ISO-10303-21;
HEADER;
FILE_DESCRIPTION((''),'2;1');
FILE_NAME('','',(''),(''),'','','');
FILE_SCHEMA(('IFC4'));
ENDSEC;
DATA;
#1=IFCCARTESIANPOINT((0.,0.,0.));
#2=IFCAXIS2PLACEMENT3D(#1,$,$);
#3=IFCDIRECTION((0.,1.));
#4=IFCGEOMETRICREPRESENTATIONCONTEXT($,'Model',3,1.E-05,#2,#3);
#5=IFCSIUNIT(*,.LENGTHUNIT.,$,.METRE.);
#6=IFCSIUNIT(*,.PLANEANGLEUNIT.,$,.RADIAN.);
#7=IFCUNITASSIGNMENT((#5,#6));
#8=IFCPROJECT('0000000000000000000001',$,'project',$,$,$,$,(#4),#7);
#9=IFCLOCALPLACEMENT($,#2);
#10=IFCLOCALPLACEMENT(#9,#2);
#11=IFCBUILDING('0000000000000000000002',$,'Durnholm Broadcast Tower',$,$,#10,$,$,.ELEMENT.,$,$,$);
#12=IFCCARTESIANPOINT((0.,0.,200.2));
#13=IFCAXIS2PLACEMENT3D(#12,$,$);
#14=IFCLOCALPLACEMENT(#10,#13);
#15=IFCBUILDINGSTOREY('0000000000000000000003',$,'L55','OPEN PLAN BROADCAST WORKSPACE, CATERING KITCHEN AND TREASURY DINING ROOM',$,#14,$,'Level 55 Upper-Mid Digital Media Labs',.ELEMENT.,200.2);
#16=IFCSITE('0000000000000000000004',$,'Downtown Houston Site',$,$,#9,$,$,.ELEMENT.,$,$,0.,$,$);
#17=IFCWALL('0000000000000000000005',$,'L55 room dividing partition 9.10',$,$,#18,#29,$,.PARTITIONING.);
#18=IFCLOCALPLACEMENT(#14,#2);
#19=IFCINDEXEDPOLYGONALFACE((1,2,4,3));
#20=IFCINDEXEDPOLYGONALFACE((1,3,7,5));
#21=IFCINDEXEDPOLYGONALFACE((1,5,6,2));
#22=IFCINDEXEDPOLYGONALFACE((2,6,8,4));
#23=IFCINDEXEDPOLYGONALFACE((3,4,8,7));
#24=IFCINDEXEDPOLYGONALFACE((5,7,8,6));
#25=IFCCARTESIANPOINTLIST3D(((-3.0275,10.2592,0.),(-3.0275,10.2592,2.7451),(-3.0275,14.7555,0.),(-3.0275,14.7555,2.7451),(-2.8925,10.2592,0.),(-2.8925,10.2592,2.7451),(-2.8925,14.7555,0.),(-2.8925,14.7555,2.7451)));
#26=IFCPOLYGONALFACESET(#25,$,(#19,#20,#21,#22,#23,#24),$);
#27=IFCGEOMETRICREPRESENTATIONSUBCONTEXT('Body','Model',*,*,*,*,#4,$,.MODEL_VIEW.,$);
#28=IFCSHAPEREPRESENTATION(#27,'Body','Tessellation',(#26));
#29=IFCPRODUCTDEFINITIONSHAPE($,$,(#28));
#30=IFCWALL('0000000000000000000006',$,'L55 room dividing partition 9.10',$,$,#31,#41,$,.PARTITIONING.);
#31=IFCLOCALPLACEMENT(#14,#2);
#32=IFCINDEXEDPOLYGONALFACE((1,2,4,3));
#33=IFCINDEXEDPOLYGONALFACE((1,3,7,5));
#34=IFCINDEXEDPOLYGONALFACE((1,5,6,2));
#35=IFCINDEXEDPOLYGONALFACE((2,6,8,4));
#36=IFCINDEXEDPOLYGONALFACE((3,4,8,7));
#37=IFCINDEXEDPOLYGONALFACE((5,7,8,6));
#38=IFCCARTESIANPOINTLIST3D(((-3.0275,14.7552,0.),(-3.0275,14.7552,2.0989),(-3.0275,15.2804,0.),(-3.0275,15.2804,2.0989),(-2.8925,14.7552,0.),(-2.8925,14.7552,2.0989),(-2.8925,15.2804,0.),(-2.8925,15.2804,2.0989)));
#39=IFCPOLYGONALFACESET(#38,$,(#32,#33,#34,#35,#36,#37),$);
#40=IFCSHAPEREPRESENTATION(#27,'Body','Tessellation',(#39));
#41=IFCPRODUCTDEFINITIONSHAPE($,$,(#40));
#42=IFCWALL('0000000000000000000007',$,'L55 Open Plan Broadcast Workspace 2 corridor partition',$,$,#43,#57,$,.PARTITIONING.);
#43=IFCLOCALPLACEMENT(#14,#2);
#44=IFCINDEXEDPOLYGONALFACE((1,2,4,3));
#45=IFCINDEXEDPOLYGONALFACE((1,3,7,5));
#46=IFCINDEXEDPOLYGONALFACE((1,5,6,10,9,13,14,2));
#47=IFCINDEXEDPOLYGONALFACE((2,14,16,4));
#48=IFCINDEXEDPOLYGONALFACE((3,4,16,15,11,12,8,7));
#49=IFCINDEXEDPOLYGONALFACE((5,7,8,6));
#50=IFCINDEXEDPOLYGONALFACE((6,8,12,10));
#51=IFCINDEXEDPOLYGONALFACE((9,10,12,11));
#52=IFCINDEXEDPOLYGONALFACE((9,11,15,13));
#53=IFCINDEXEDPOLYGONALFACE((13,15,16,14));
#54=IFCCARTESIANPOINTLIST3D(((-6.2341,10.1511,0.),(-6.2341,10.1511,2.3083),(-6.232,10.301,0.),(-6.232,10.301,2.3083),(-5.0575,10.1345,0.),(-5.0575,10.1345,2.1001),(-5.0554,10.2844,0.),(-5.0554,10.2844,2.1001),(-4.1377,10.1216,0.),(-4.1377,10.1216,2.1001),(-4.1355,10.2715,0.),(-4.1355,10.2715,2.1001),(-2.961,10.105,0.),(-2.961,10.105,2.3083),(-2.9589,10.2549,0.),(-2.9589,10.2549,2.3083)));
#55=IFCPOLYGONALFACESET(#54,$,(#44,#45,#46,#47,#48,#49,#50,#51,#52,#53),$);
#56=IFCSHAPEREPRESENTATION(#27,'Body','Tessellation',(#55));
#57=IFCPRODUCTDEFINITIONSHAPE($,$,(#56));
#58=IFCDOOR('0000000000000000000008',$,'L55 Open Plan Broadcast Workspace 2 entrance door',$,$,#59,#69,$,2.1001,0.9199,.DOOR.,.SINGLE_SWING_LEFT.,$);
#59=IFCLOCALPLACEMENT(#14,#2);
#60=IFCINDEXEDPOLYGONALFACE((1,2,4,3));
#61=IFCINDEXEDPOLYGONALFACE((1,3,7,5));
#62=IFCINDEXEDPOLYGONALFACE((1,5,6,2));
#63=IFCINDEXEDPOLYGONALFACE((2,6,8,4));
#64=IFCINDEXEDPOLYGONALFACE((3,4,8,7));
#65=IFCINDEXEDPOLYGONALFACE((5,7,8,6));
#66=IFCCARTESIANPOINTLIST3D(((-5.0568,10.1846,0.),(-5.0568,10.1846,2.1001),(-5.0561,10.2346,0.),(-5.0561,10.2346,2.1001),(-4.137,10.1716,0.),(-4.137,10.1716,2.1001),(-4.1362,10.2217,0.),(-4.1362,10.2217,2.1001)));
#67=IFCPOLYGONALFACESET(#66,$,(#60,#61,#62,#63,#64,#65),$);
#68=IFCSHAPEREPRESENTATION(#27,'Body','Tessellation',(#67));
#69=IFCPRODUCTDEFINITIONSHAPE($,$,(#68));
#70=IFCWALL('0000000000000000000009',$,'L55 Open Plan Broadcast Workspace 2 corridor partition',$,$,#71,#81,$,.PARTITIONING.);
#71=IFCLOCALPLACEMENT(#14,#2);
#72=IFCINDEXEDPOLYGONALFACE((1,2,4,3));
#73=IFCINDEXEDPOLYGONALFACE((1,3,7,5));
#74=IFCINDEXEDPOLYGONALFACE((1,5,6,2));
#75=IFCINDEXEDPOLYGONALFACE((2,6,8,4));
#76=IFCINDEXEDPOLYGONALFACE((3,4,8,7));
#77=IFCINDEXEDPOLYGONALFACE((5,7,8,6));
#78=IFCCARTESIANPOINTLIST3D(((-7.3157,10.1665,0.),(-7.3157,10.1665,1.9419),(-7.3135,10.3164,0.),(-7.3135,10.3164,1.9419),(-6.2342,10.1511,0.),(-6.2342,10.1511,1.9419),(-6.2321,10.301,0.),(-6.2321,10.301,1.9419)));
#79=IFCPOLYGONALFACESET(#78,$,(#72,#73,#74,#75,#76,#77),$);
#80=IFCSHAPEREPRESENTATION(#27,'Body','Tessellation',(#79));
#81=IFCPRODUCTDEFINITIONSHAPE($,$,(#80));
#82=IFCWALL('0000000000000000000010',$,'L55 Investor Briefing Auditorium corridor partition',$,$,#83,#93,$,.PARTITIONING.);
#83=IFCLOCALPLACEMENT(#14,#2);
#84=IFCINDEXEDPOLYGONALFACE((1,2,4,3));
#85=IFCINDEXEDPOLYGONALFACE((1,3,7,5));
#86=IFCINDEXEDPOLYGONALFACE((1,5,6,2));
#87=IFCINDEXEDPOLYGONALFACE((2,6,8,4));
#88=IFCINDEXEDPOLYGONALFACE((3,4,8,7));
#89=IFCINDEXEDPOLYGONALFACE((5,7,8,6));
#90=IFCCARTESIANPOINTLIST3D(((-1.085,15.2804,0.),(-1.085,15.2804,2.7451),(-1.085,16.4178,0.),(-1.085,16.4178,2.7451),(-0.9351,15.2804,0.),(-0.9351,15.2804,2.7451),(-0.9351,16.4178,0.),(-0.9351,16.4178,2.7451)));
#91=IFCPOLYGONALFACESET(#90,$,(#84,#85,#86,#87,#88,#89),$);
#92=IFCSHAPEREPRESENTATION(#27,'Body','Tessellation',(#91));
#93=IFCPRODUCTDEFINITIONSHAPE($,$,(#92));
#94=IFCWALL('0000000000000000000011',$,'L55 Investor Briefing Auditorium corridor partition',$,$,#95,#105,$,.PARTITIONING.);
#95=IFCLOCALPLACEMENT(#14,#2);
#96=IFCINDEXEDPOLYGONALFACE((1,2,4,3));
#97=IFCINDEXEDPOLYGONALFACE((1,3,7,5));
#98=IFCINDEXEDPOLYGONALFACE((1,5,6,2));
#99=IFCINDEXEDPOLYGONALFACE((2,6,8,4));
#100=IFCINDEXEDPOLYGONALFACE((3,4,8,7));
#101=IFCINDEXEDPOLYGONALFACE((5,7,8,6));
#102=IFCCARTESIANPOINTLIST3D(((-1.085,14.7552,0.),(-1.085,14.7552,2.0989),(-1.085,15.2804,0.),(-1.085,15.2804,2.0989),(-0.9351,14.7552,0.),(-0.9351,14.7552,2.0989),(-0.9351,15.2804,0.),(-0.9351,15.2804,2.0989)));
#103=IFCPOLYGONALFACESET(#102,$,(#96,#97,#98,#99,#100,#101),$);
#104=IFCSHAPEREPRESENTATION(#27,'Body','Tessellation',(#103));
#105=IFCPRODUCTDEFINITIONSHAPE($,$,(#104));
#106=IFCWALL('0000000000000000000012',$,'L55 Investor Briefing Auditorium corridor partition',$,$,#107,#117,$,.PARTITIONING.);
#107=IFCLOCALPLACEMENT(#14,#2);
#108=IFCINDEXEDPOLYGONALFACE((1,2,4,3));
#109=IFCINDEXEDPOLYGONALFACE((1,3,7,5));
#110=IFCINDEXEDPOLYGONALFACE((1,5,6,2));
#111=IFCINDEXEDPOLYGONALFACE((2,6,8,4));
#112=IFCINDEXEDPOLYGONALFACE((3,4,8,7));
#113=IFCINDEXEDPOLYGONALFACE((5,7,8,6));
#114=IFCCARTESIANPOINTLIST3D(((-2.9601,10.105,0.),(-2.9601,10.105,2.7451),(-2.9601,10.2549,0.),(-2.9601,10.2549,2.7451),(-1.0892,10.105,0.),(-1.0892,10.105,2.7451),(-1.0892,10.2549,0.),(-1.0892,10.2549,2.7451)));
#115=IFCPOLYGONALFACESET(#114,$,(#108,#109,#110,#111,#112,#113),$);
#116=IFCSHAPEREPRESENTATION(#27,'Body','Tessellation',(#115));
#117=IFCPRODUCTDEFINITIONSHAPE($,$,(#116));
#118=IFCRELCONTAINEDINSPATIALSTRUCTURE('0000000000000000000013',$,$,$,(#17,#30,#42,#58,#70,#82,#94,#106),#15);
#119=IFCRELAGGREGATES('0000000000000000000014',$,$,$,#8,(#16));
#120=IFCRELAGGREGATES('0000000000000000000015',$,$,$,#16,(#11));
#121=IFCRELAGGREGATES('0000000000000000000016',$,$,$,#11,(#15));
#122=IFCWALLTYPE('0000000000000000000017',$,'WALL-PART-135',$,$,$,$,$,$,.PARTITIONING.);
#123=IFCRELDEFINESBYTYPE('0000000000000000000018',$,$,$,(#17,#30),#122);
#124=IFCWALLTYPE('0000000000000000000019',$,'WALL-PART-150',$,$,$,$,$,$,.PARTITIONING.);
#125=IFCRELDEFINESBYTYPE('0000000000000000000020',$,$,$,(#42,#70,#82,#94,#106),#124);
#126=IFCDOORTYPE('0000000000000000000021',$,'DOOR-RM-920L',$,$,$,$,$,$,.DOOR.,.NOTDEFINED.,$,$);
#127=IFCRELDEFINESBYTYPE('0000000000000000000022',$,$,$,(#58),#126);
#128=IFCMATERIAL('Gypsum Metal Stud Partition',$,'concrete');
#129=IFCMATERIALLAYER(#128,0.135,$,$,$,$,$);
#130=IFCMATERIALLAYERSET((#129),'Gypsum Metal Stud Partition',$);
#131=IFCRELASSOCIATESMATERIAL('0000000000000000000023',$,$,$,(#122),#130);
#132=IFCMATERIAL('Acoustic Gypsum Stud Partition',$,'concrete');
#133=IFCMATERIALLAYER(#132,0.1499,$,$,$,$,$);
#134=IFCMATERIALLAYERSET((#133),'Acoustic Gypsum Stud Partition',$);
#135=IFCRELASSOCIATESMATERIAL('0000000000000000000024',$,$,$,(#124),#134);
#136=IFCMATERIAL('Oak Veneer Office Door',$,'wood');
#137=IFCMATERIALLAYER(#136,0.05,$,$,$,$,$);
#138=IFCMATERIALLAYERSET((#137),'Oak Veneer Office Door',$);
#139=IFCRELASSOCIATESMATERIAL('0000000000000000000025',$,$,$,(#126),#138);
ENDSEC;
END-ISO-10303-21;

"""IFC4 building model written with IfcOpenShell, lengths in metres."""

from ifc_helpers import new_model, si_unit, direction, frame, frame_2d, origin, place, context, subcontext, project, spatial, rectangle, extrude, source, transform, mapped, material, layer, layer_set, type_object, type_shapes, element, fill, save


model = new_model("IFC4")

# Units and contexts
model_context = context("Model", 3, precision=1e-05, world=origin(), true_north=direction((0.0, 1.0)))
body_context = subcontext(model_context, "Body", "Model", "MODEL_VIEW")
ifc_project = project(units=[si_unit("LENGTHUNIT", "METRE"), si_unit("PLANEANGLEUNIT", "RADIAN")], contexts=[model_context])

# Site, building, storey
site_placement = place(None, origin())
site = spatial("IfcSite", under=ifc_project, at=site_placement, Name="Downtown Houston Site", CompositionType="ELEMENT", RefElevation=0.0)
building_placement = place(site_placement, origin())
building = spatial("IfcBuilding", under=site, at=building_placement, Name="Durnholm Broadcast Tower", CompositionType="ELEMENT")
storey_placement = place(building_placement, frame((0.0, 0.0, 200.2)))
storey = spatial("IfcBuildingStorey", under=building, at=storey_placement, Name="L55", Description="OPEN PLAN BROADCAST WORKSPACE, CATERING KITCHEN AND TREASURY DINING ROOM", LongName="Level 55 Upper-Mid Digital Media Labs", CompositionType="ELEMENT", Elevation=200.2)

# Walls
ifc_material_1 = material(Name="Gypsum Metal Stud Partition", Category="concrete")
ifc_layer_1 = layer(ifc_material_1, 0.135)
ifc_layer_set_1 = layer_set([ifc_layer_1], Name="Gypsum Metal Stud Partition")
wall_type_1 = type_object("IfcWallType", Name="WALL-PART-135", PredefinedType="PARTITIONING", material=ifc_layer_set_1)
wall_1_placement = place(storey_placement, frame((-2.96, 14.7554, 0.0), z_axis=(0.0, 0.0, 1.0), x_axis=(0.0, -1.0, 0.0)))
element("IfcWall", 1, at=wall_1_placement, inside=storey, type_object=wall_type_1, Name="L55 room dividing partition 9.10", PredefinedType="PARTITIONING", context=body_context, shape_type="SweptSolid", body=[
    extrude(rectangle(XDim=4.4963, YDim=0.135, at=frame_2d((2.248, 0.0))), origin(), (0.0, 0.0, 1.0), 2.7451),
])
wall_2_placement = place(storey_placement, frame((-2.96, 15.2805, 0.0), z_axis=(0.0, 0.0, 1.0), x_axis=(0.0, -1.0, 0.0)))
element("IfcWall", 2, at=wall_2_placement, inside=storey, type_object=wall_type_1, Name="L55 room dividing partition 9.10", PredefinedType="PARTITIONING", context=body_context, shape_type="SweptSolid", body=[
    extrude(rectangle(XDim=0.5251, YDim=0.135, at=frame_2d((0.2627, 0.0))), origin(), (0.0, 0.0, 1.0), 2.0989),
])

# Wall, opening, door
ifc_material_2 = material(Name="Acoustic Gypsum Stud Partition", Category="concrete")
ifc_layer_2 = layer(ifc_material_2, 0.1499)
ifc_layer_set_2 = layer_set([ifc_layer_2], Name="Acoustic Gypsum Stud Partition")
wall_type_2 = type_object("IfcWallType", Name="WALL-PART-150", PredefinedType="PARTITIONING", material=ifc_layer_set_2)
wall_3_placement = place(storey_placement, frame((-2.96, 10.1799, 0.0), z_axis=(0.0, 0.0, 1.0), x_axis=(-0.999901, 0.014096, 0.0)))
wall_3 = element("IfcWall", 3, at=wall_3_placement, inside=storey, type_object=wall_type_2, Name="L55 Open Plan Broadcast Workspace 2 corridor partition", PredefinedType="PARTITIONING", context=body_context, shape_type="SweptSolid", body=[
    extrude(rectangle(XDim=3.2734, YDim=0.1499, at=frame_2d((1.6367, 0.0))), origin(), (0.0, 0.0, 1.0), 2.3083),
])
opening_1_placement = place(wall_3_placement, frame((1.1768, 0.0, 0.0)))
opening_1 = element("IfcOpeningElement", 4, at=opening_1_placement, cuts=wall_3, PredefinedType="OPENING", context=body_context, shape_type="SweptSolid", body=[
    extrude(rectangle(XDim=0.9199, YDim=2.1001, at=frame_2d((0.46, 1.05))), frame((0.0, 0.085, 0.0), z_axis=(0.0, -1.0, 0.0), x_axis=(1.0, 0.0, 0.0)), (0.0, 0.0, 1.0), 0.1699),
])
ifc_material_3 = material(Name="Oak Veneer Office Door", Category="wood")
ifc_layer_3 = layer(ifc_material_3, 0.05)
ifc_layer_set_3 = layer_set([ifc_layer_3], Name="Oak Veneer Office Door")
door_type_1 = type_object("IfcDoorType", Name="DOOR-RM-920L", OperationType="NOTDEFINED", PredefinedType="DOOR", material=ifc_layer_set_3)
shared_shape_1 = source(origin(), body_context, "Body", "SweptSolid", [
    extrude(rectangle(XDim=0.9199, YDim=2.1001, at=frame_2d((0.46, 1.05))), frame((0.0, 0.0249, 0.0), z_axis=(0.0, -1.0, 0.0), x_axis=(1.0, 0.0, 0.0)), (0.0, 0.0, 1.0), 0.05),
])
type_shapes(door_type_1, [shared_shape_1])
door_1_placement = place(opening_1_placement, origin())
door_1 = element("IfcDoor", 5, at=door_1_placement, inside=storey, type_object=door_type_1, Name="L55 Open Plan Broadcast Workspace 2 entrance door", OperationType="SINGLE_SWING_LEFT", OverallHeight=2.1001, OverallWidth=0.9199, PredefinedType="DOOR", context=body_context, shape_type="MappedRepresentation", body=[
    mapped(shared_shape_1, transform((0.0, 0.0, 0.0), x_axis=(1.0, 0.0, 0.0), y_axis=(0.0, 1.0, 0.0), z_axis=(0.0, 0.0, 1.0), scale=1.0)),
])
fill(opening_1, door_1)

# Walls
wall_4_placement = place(storey_placement, frame((-6.2332, 10.2261, 0.0), z_axis=(0.0, 0.0, 1.0), x_axis=(-0.999899, 0.01422, 0.0)))
element("IfcWall", 6, at=wall_4_placement, inside=storey, type_object=wall_type_2, Name="L55 Open Plan Broadcast Workspace 2 corridor partition", PredefinedType="PARTITIONING", context=body_context, shape_type="SweptSolid", body=[
    extrude(rectangle(XDim=1.0815, YDim=0.1499, at=frame_2d((0.5408, 0.0))), origin(), (0.0, 0.0, 1.0), 1.9419),
])
wall_5_placement = place(storey_placement, frame((-1.01, 16.418, 0.0), z_axis=(0.0, 0.0, 1.0), x_axis=(0.0, -1.0, 0.0)))
element("IfcWall", 7, at=wall_5_placement, inside=storey, type_object=wall_type_2, Name="L55 Investor Briefing Auditorium corridor partition", PredefinedType="PARTITIONING", context=body_context, shape_type="SweptSolid", body=[
    extrude(rectangle(XDim=1.1375, YDim=0.1499, at=frame_2d((0.5688, 0.0))), origin(), (0.0, 0.0, 1.0), 2.7451),
])

# Walls
wall_6_placement = place(storey_placement, frame((-1.01, 15.2805, 0.0), z_axis=(0.0, 0.0, 1.0), x_axis=(0.0, -1.0, 0.0)))
element("IfcWall", 8, at=wall_6_placement, inside=storey, type_object=wall_type_2, Name="L55 Investor Briefing Auditorium corridor partition", PredefinedType="PARTITIONING", context=body_context, shape_type="SweptSolid", body=[
    extrude(rectangle(XDim=0.5251, YDim=0.1499, at=frame_2d((0.2627, 0.0))), origin(), (0.0, 0.0, 1.0), 2.0989),
])
wall_7_placement = place(storey_placement, frame((-1.0891, 10.1799, 0.0), z_axis=(0.0, 0.0, 1.0), x_axis=(-1.0, 0.0, 0.0)))
element("IfcWall", 9, at=wall_7_placement, inside=storey, type_object=wall_type_2, Name="L55 Investor Briefing Auditorium corridor partition", PredefinedType="PARTITIONING", context=body_context, shape_type="SweptSolid", body=[
    extrude(rectangle(XDim=1.8708, YDim=0.1499, at=frame_2d((0.9355, 0.0))), origin(), (0.0, 0.0, 1.0), 2.7451),
])

save(model, "model.ifc")
